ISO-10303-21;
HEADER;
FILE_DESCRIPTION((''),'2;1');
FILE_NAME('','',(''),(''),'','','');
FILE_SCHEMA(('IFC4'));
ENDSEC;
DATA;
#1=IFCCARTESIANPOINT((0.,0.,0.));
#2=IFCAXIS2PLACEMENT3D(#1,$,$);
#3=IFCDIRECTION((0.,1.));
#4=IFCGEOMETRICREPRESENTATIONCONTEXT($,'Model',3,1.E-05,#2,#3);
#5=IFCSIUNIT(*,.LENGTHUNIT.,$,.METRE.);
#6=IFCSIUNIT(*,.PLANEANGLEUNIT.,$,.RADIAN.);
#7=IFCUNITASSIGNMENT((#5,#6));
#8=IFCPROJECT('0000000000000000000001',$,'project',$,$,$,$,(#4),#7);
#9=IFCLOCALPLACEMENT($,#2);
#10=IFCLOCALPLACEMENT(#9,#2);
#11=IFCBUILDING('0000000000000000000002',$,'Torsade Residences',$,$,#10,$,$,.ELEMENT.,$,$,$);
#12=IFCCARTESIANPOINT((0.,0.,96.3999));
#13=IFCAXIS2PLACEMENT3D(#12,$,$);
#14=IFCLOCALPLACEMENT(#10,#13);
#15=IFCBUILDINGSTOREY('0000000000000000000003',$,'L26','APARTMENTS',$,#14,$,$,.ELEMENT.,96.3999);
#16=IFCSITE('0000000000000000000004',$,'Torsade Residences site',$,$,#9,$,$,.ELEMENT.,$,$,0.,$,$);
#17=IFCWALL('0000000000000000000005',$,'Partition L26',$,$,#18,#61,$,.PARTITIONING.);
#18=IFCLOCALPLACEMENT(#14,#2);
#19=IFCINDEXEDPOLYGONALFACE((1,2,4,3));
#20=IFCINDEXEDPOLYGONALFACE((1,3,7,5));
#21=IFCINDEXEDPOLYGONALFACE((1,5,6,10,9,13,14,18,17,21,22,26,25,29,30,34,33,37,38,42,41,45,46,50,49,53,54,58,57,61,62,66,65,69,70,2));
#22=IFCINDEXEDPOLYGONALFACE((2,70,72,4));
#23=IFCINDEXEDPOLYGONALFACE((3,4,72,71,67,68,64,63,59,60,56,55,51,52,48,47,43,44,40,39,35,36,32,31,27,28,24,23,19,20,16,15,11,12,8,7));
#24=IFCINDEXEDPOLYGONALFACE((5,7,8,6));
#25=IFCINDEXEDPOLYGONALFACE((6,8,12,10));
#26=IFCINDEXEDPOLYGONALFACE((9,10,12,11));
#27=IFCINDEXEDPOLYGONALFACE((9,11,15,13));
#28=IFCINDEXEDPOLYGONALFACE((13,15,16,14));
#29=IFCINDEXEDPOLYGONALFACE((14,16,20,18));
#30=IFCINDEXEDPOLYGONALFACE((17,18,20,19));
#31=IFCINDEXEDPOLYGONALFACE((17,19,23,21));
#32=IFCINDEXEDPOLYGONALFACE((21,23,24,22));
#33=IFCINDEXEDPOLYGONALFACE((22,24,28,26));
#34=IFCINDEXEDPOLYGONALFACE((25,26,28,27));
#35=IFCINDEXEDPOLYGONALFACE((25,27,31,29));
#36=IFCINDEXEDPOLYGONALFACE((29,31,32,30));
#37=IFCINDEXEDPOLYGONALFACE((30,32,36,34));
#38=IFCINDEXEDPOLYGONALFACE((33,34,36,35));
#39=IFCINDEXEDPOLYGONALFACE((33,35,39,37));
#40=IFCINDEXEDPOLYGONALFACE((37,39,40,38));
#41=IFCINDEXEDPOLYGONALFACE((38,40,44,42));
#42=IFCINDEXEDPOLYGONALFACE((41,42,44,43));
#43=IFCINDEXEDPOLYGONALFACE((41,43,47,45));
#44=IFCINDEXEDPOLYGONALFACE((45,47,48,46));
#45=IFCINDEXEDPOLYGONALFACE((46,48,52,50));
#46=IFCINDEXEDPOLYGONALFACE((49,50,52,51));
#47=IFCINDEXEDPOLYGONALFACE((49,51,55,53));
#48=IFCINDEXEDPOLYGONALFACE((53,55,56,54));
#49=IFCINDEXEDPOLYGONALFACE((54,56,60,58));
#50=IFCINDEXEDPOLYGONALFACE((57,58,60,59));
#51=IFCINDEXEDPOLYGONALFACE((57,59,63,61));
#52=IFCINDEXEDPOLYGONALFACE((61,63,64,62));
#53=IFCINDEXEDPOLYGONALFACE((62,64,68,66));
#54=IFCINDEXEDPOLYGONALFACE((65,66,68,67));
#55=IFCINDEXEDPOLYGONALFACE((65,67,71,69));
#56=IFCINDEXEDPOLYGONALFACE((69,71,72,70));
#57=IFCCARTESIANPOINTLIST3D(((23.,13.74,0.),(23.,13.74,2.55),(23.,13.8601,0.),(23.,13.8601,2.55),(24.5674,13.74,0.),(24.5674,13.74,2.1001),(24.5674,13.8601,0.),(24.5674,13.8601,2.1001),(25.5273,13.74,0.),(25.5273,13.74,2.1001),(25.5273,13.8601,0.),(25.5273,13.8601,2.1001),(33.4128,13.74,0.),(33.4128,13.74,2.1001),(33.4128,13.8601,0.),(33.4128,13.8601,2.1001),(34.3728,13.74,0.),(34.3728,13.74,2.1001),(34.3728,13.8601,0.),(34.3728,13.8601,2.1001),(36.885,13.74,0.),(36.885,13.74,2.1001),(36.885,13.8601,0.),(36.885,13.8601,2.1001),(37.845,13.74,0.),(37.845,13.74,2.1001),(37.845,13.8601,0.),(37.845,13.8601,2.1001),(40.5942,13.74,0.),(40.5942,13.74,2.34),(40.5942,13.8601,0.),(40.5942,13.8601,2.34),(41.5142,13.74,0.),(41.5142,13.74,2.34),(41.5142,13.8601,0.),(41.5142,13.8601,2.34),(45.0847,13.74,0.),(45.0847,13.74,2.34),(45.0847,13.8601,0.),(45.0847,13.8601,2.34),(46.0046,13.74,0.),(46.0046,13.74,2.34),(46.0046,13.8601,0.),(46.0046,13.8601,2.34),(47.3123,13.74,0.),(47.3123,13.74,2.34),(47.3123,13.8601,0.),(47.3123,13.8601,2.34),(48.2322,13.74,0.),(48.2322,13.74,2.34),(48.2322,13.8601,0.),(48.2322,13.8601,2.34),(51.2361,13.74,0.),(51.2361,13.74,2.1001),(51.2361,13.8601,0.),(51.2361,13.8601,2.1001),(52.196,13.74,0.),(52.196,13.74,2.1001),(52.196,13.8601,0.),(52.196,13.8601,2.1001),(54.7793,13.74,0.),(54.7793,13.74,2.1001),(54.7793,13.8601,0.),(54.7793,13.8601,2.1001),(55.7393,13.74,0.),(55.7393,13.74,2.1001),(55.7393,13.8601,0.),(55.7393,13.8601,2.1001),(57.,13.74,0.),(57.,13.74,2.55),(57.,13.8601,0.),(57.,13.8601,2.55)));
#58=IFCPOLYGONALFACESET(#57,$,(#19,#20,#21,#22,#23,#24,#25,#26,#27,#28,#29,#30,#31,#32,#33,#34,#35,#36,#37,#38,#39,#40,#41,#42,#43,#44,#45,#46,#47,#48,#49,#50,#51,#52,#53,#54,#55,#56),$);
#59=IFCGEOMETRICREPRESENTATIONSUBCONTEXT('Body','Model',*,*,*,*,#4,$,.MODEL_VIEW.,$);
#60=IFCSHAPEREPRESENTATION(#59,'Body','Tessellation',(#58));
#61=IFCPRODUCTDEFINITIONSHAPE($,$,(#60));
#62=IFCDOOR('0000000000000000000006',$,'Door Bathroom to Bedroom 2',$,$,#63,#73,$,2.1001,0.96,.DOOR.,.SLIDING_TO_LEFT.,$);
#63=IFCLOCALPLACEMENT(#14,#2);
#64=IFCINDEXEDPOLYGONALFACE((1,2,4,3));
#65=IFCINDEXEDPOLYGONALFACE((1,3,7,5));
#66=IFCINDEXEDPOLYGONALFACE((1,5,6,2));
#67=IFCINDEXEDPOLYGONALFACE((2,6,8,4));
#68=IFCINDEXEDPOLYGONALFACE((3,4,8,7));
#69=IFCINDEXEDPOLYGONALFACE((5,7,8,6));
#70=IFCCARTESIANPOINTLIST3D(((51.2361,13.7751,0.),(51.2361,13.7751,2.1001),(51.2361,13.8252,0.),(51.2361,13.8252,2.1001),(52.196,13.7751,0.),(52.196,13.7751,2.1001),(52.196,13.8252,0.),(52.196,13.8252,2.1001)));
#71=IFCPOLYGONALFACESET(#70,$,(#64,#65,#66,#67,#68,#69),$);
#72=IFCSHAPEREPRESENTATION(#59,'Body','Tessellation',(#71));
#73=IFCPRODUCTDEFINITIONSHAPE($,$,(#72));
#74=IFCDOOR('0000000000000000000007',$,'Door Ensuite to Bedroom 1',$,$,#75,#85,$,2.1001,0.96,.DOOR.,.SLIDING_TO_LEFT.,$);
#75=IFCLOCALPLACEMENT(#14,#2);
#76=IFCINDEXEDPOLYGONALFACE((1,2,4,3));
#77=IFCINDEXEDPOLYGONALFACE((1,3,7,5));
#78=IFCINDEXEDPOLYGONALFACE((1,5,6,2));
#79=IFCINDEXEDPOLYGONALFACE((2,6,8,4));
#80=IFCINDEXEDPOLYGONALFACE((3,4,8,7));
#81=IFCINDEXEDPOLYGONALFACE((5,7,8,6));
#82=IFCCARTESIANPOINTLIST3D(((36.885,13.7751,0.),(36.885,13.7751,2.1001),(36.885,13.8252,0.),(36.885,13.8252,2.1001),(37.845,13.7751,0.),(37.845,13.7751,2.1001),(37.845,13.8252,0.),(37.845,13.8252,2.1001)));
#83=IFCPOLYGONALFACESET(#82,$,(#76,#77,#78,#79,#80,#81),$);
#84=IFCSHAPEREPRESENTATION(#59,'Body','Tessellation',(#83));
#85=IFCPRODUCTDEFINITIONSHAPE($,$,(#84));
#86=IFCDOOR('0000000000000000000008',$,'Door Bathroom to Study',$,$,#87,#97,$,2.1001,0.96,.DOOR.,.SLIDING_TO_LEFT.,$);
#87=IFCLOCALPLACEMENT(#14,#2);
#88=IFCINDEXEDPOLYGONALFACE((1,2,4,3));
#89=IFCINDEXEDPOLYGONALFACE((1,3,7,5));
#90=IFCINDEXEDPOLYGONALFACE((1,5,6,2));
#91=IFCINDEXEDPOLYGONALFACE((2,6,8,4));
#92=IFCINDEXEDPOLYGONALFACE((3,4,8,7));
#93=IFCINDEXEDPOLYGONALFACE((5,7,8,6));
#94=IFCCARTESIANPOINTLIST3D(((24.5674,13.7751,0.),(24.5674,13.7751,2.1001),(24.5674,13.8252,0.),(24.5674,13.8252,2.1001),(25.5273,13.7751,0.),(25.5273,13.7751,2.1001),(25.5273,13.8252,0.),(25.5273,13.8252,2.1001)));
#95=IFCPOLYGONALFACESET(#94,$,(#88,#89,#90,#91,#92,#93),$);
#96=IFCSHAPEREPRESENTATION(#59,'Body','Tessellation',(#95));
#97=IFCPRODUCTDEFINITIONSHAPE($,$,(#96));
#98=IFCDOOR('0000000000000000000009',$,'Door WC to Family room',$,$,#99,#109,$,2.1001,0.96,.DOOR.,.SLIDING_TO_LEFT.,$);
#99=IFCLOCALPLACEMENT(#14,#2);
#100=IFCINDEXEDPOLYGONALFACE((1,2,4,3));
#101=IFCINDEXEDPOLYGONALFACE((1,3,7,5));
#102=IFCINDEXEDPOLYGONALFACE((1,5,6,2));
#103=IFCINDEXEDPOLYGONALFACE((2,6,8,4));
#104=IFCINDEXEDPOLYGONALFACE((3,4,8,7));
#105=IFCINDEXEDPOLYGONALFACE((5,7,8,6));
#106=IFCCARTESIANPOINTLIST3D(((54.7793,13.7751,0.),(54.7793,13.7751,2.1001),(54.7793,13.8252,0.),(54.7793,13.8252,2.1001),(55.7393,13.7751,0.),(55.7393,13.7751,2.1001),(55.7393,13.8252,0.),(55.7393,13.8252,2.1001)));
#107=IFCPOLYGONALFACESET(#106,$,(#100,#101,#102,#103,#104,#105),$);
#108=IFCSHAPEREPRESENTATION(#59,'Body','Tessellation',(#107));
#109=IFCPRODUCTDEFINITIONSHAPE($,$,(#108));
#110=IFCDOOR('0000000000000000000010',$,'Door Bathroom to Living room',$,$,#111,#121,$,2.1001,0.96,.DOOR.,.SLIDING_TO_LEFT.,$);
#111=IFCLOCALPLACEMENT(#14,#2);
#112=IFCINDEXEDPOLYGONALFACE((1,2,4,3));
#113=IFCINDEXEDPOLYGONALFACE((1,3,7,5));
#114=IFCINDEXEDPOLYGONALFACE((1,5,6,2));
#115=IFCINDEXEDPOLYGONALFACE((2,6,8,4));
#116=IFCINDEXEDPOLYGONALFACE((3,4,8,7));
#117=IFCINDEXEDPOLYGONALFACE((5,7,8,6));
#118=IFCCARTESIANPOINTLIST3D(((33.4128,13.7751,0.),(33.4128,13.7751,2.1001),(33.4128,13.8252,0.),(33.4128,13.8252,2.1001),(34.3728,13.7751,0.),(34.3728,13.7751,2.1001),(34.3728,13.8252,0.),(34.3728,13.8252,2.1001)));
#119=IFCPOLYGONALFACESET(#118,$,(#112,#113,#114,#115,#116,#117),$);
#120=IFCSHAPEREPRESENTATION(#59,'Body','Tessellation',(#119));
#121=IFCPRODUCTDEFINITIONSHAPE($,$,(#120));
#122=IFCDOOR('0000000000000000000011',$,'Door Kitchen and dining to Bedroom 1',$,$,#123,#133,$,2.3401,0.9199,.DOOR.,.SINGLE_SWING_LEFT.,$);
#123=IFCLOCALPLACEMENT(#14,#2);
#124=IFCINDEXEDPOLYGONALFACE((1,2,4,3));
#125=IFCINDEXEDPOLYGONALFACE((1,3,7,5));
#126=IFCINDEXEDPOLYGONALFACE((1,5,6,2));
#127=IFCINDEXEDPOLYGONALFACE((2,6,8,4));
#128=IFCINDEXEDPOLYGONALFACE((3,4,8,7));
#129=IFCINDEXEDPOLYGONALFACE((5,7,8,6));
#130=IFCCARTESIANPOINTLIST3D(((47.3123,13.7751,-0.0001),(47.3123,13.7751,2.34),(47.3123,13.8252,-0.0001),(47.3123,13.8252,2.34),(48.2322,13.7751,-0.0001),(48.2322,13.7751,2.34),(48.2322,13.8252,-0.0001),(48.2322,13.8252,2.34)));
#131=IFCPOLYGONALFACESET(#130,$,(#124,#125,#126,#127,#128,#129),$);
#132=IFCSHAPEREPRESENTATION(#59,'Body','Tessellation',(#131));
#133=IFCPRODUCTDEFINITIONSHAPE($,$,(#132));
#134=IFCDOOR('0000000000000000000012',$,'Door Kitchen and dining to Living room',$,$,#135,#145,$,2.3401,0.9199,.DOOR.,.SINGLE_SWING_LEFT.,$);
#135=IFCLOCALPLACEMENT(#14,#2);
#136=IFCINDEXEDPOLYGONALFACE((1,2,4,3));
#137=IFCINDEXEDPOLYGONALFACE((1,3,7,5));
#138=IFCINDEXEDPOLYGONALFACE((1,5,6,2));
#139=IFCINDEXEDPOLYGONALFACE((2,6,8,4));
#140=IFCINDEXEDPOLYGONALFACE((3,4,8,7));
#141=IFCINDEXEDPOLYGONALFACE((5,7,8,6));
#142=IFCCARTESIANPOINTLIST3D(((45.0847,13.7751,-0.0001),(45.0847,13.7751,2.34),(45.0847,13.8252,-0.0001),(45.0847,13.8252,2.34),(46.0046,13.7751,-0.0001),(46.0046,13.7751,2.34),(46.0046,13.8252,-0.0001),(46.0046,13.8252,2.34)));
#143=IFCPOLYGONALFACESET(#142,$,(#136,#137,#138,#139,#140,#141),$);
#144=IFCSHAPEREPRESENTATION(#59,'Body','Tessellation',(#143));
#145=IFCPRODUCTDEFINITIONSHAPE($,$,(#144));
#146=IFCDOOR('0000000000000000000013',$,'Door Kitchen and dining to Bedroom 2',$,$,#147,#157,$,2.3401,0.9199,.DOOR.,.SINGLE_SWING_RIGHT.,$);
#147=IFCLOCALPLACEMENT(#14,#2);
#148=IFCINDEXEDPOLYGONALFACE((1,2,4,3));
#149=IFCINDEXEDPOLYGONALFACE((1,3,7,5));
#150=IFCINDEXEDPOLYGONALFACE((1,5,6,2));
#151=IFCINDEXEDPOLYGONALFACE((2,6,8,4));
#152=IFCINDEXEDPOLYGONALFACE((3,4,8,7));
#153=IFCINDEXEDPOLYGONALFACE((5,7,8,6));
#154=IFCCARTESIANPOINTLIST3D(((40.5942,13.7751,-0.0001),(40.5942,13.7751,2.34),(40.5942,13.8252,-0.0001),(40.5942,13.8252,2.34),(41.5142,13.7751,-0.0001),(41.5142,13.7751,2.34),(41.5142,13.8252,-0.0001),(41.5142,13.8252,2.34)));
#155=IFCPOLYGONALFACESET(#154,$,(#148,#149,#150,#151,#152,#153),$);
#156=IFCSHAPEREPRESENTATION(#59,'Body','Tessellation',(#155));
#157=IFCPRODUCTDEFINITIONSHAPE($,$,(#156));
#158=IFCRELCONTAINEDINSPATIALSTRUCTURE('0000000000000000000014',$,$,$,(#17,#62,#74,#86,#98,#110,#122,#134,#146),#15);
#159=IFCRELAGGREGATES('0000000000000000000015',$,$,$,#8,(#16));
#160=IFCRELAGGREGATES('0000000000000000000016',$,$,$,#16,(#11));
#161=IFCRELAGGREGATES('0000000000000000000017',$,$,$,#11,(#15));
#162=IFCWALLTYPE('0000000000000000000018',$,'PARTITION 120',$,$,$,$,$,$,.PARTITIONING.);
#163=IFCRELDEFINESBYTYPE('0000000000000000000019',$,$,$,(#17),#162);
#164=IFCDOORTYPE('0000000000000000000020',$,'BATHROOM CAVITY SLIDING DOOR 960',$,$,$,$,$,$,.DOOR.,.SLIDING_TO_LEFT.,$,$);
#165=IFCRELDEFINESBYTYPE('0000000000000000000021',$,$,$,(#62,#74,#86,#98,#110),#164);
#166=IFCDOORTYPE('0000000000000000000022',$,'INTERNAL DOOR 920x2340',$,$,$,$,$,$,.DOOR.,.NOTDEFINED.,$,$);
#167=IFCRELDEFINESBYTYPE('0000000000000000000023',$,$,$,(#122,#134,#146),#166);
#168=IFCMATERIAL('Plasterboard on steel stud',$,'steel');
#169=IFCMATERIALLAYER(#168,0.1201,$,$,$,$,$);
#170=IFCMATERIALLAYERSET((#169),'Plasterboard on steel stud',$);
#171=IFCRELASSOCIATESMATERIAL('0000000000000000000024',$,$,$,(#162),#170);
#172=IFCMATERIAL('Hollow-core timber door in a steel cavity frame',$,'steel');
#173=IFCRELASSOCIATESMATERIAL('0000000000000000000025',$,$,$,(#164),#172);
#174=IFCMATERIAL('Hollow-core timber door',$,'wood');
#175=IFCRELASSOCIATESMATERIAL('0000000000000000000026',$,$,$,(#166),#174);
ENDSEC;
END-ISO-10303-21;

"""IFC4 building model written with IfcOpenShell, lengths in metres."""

from ifc_helpers import new_model, si_unit, direction, frame, frame_2d, origin, place, context, subcontext, project, spatial, rectangle, extrude, material, layer, layer_set, type_object, element, fill, save


model = new_model("IFC4")

# Units and contexts
model_context = context("Model", 3, precision=1e-05, world=origin(), true_north=direction((0.0, 1.0)))
body_context = subcontext(model_context, "Body", "Model", "MODEL_VIEW")
ifc_project = project(units=[si_unit("LENGTHUNIT", "METRE"), si_unit("PLANEANGLEUNIT", "RADIAN")], contexts=[model_context])

# Site, building, storey
site_placement = place(None, origin())
site = spatial("IfcSite", under=ifc_project, at=site_placement, Name="Torsade Residences site", CompositionType="ELEMENT", RefElevation=0.0)
building_placement = place(site_placement, origin())
building = spatial("IfcBuilding", under=site, at=building_placement, Name="Torsade Residences", CompositionType="ELEMENT")
storey_placement = place(building_placement, frame((0.0, 0.0, 96.3999)))
storey = spatial("IfcBuildingStorey", under=building, at=storey_placement, Name="L26", Description="APARTMENTS", CompositionType="ELEMENT", Elevation=96.3999)

# Wall, openings, doors
ifc_material_1 = material(Name="Plasterboard on steel stud", Category="steel")
ifc_layer_1 = layer(ifc_material_1, 0.1201)
ifc_layer_set_1 = layer_set([ifc_layer_1], Name="Plasterboard on steel stud")
wall_type_1 = type_object("IfcWallType", Name="PARTITION 120", PredefinedType="PARTITIONING", material=ifc_layer_set_1)
wall_1_placement = place(storey_placement, frame((57.0, 13.8, 0.0), z_axis=(0.0, 0.0, 1.0), x_axis=(-1.0, 0.0, 0.0)))
wall_1 = element("IfcWall", 1, at=wall_1_placement, inside=storey, type_object=wall_type_1, Name="Partition L26", PredefinedType="PARTITIONING", context=body_context, shape_type="SweptSolid", body=[
    extrude(rectangle(XDim=34.0, YDim=0.1201, at=frame_2d((17.0, 0.0))), origin(), (0.0, 0.0, 1.0), 2.55),
])
opening_1_placement = place(wall_1_placement, frame((8.7678, 0.0, 0.0)))
opening_1 = element("IfcOpeningElement", 2, at=opening_1_placement, cuts=wall_1, PredefinedType="OPENING", context=body_context, shape_type="SweptSolid", body=[
    extrude(rectangle(XDim=0.9199, YDim=2.3401, at=frame_2d((0.46, 1.1699))), frame((0.0, 0.0701, 0.0), z_axis=(0.0, -1.0, 0.0), x_axis=(1.0, 0.0, 0.0)), (0.0, 0.0, 1.0), 0.1401),
])
opening_2_placement = place(wall_1_placement, frame((10.9954, 0.0, 0.0)))
opening_2 = element("IfcOpeningElement", 3, at=opening_2_placement, cuts=wall_1, PredefinedType="OPENING", context=body_context, shape_type="SweptSolid", body=[
    extrude(rectangle(XDim=0.9199, YDim=2.3401, at=frame_2d((0.46, 1.1699))), frame((0.0, 0.0701, 0.0), z_axis=(0.0, -1.0, 0.0), x_axis=(1.0, 0.0, 0.0)), (0.0, 0.0, 1.0), 0.1401),
])
opening_3_placement = place(wall_1_placement, frame((15.4858, 0.0, 0.0)))
opening_3 = element("IfcOpeningElement", 4, at=opening_3_placement, cuts=wall_1, PredefinedType="OPENING", context=body_context, shape_type="SweptSolid", body=[
    extrude(rectangle(XDim=0.9199, YDim=2.3401, at=frame_2d((0.46, 1.1699))), frame((0.0, 0.0701, 0.0), z_axis=(0.0, -1.0, 0.0), x_axis=(1.0, 0.0, 0.0)), (0.0, 0.0, 1.0), 0.1401),
])
opening_4_placement = place(wall_1_placement, frame((4.804, 0.0, 0.0)))
opening_4 = element("IfcOpeningElement", 5, at=opening_4_placement, cuts=wall_1, PredefinedType="OPENING", context=body_context, shape_type="SweptSolid", body=[
    extrude(rectangle(XDim=0.96, YDim=2.1001, at=frame_2d((0.48, 1.05))), frame((0.0, 0.0701, 0.0), z_axis=(0.0, -1.0, 0.0), x_axis=(1.0, 0.0, 0.0)), (0.0, 0.0, 1.0), 0.1401),
])
opening_5_placement = place(wall_1_placement, frame((19.155, 0.0, 0.0)))
opening_5 = element("IfcOpeningElement", 6, at=opening_5_placement, cuts=wall_1, PredefinedType="OPENING", context=body_context, shape_type="SweptSolid", body=[
    extrude(rectangle(XDim=0.96, YDim=2.1001, at=frame_2d((0.48, 1.05))), frame((0.0, 0.0701, 0.0), z_axis=(0.0, -1.0, 0.0), x_axis=(1.0, 0.0, 0.0)), (0.0, 0.0, 1.0), 0.1401),
])
opening_6_placement = place(wall_1_placement, frame((31.4727, 0.0, 0.0)))
opening_6 = element("IfcOpeningElement", 7, at=opening_6_placement, cuts=wall_1, PredefinedType="OPENING", context=body_context, shape_type="SweptSolid", body=[
    extrude(rectangle(XDim=0.96, YDim=2.1001, at=frame_2d((0.48, 1.05))), frame((0.0, 0.0701, 0.0), z_axis=(0.0, -1.0, 0.0), x_axis=(1.0, 0.0, 0.0)), (0.0, 0.0, 1.0), 0.1401),
])
opening_7_placement = place(wall_1_placement, frame((1.2607, 0.0, 0.0)))
opening_7 = element("IfcOpeningElement", 8, at=opening_7_placement, cuts=wall_1, PredefinedType="OPENING", context=body_context, shape_type="SweptSolid", body=[
    extrude(rectangle(XDim=0.96, YDim=2.1001, at=frame_2d((0.48, 1.05))), frame((0.0, 0.0701, 0.0), z_axis=(0.0, -1.0, 0.0), x_axis=(1.0, 0.0, 0.0)), (0.0, 0.0, 1.0), 0.1401),
])
opening_8_placement = place(wall_1_placement, frame((22.6272, 0.0, 0.0)))
opening_8 = element("IfcOpeningElement", 9, at=opening_8_placement, cuts=wall_1, PredefinedType="OPENING", context=body_context, shape_type="SweptSolid", body=[
    extrude(rectangle(XDim=0.96, YDim=2.1001, at=frame_2d((0.48, 1.05))), frame((0.0, 0.0701, 0.0), z_axis=(0.0, -1.0, 0.0), x_axis=(1.0, 0.0, 0.0)), (0.0, 0.0, 1.0), 0.1401),
])
ifc_material_2 = material(Name="Hollow-core timber door in a steel cavity frame", Category="steel")
door_type_1 = type_object("IfcDoorType", Name="BATHROOM CAVITY SLIDING DOOR 960", OperationType="SLIDING_TO_LEFT", PredefinedType="DOOR", material=ifc_material_2)
door_1_placement = place(opening_4_placement, origin())
door_1 = element("IfcDoor", 10, at=door_1_placement, inside=storey, type_object=door_type_1, Name="Door Bathroom to Bedroom 2", OperationType="SLIDING_TO_LEFT", OverallHeight=2.1001, OverallWidth=0.96, PredefinedType="DOOR", context=body_context, shape_type="SweptSolid", body=[
    extrude(rectangle(XDim=0.96, YDim=2.1001, at=frame_2d((0.48, 1.05))), frame((0.0, 0.0249, 0.0), z_axis=(0.0, -1.0, 0.0), x_axis=(1.0, 0.0, 0.0)), (0.0, 0.0, 1.0), 0.05),
])
fill(opening_4, door_1)
door_2_placement = place(opening_5_placement, origin())
door_2 = element("IfcDoor", 11, at=door_2_placement, inside=storey, type_object=door_type_1, Name="Door Ensuite to Bedroom 1", OperationType="SLIDING_TO_LEFT", OverallHeight=2.1001, OverallWidth=0.96, PredefinedType="DOOR", context=body_context, shape_type="SweptSolid", body=[
    extrude(rectangle(XDim=0.96, YDim=2.1001, at=frame_2d((0.48, 1.05))), frame((0.0, 0.0249, 0.0), z_axis=(0.0, -1.0, 0.0), x_axis=(1.0, 0.0, 0.0)), (0.0, 0.0, 1.0), 0.05),
])
fill(opening_5, door_2)
door_3_placement = place(opening_6_placement, origin())
door_3 = element("IfcDoor", 12, at=door_3_placement, inside=storey, type_object=door_type_1, Name="Door Bathroom to Study", OperationType="SLIDING_TO_LEFT", OverallHeight=2.1001, OverallWidth=0.96, PredefinedType="DOOR", context=body_context, shape_type="SweptSolid", body=[
    extrude(rectangle(XDim=0.96, YDim=2.1001, at=frame_2d((0.48, 1.05))), frame((0.0, 0.0249, 0.0), z_axis=(0.0, -1.0, 0.0), x_axis=(1.0, 0.0, 0.0)), (0.0, 0.0, 1.0), 0.05),
])
fill(opening_6, door_3)
door_4_placement = place(opening_7_placement, origin())
door_4 = element("IfcDoor", 13, at=door_4_placement, inside=storey, type_object=door_type_1, Name="Door WC to Family room", OperationType="SLIDING_TO_LEFT", OverallHeight=2.1001, OverallWidth=0.96, PredefinedType="DOOR", context=body_context, shape_type="SweptSolid", body=[
    extrude(rectangle(XDim=0.96, YDim=2.1001, at=frame_2d((0.48, 1.05))), frame((0.0, 0.0249, 0.0), z_axis=(0.0, -1.0, 0.0), x_axis=(1.0, 0.0, 0.0)), (0.0, 0.0, 1.0), 0.05),
])
fill(opening_7, door_4)
door_5_placement = place(opening_8_placement, origin())
door_5 = element("IfcDoor", 14, at=door_5_placement, inside=storey, type_object=door_type_1, Name="Door Bathroom to Living room", OperationType="SLIDING_TO_LEFT", OverallHeight=2.1001, OverallWidth=0.96, PredefinedType="DOOR", context=body_context, shape_type="SweptSolid", body=[
    extrude(rectangle(XDim=0.96, YDim=2.1001, at=frame_2d((0.48, 1.05))), frame((0.0, 0.0249, 0.0), z_axis=(0.0, -1.0, 0.0), x_axis=(1.0, 0.0, 0.0)), (0.0, 0.0, 1.0), 0.05),
])
fill(opening_8, door_5)
ifc_material_3 = material(Name="Hollow-core timber door", Category="wood")
door_type_2 = type_object("IfcDoorType", Name="INTERNAL DOOR 920x2340", OperationType="NOTDEFINED", PredefinedType="DOOR", material=ifc_material_3)
door_6_placement = place(opening_1_placement, origin())
door_6 = element("IfcDoor", 15, at=door_6_placement, inside=storey, type_object=door_type_2, Name="Door Kitchen and dining to Bedroom 1", OperationType="SINGLE_SWING_LEFT", OverallHeight=2.3401, OverallWidth=0.9199, PredefinedType="DOOR", context=body_context, shape_type="SweptSolid", body=[
    extrude(rectangle(XDim=0.9199, YDim=2.3401, at=frame_2d((0.46, 1.1699))), frame((0.0, 0.0249, 0.0), z_axis=(0.0, -1.0, 0.0), x_axis=(1.0, 0.0, 0.0)), (0.0, 0.0, 1.0), 0.05),
])
fill(opening_1, door_6)
door_7_placement = place(opening_2_placement, origin())
door_7 = element("IfcDoor", 16, at=door_7_placement, inside=storey, type_object=door_type_2, Name="Door Kitchen and dining to Living room", OperationType="SINGLE_SWING_LEFT", OverallHeight=2.3401, OverallWidth=0.9199, PredefinedType="DOOR", context=body_context, shape_type="SweptSolid", body=[
    extrude(rectangle(XDim=0.9199, YDim=2.3401, at=frame_2d((0.46, 1.1699))), frame((0.0, 0.0249, 0.0), z_axis=(0.0, -1.0, 0.0), x_axis=(1.0, 0.0, 0.0)), (0.0, 0.0, 1.0), 0.05),
])
fill(opening_2, door_7)
door_8_placement = place(opening_3_placement, origin())
door_8 = element("IfcDoor", 17, at=door_8_placement, inside=storey, type_object=door_type_2, Name="Door Kitchen and dining to Bedroom 2", OperationType="SINGLE_SWING_RIGHT", OverallHeight=2.3401, OverallWidth=0.9199, PredefinedType="DOOR", context=body_context, shape_type="SweptSolid", body=[
    extrude(rectangle(XDim=0.9199, YDim=2.3401, at=frame_2d((0.46, 1.1699))), frame((0.0, 0.0249, 0.0), z_axis=(0.0, -1.0, 0.0), x_axis=(1.0, 0.0, 0.0)), (0.0, 0.0, 1.0), 0.05),
])
fill(opening_3, door_8)

save(model, "model.ifc")
